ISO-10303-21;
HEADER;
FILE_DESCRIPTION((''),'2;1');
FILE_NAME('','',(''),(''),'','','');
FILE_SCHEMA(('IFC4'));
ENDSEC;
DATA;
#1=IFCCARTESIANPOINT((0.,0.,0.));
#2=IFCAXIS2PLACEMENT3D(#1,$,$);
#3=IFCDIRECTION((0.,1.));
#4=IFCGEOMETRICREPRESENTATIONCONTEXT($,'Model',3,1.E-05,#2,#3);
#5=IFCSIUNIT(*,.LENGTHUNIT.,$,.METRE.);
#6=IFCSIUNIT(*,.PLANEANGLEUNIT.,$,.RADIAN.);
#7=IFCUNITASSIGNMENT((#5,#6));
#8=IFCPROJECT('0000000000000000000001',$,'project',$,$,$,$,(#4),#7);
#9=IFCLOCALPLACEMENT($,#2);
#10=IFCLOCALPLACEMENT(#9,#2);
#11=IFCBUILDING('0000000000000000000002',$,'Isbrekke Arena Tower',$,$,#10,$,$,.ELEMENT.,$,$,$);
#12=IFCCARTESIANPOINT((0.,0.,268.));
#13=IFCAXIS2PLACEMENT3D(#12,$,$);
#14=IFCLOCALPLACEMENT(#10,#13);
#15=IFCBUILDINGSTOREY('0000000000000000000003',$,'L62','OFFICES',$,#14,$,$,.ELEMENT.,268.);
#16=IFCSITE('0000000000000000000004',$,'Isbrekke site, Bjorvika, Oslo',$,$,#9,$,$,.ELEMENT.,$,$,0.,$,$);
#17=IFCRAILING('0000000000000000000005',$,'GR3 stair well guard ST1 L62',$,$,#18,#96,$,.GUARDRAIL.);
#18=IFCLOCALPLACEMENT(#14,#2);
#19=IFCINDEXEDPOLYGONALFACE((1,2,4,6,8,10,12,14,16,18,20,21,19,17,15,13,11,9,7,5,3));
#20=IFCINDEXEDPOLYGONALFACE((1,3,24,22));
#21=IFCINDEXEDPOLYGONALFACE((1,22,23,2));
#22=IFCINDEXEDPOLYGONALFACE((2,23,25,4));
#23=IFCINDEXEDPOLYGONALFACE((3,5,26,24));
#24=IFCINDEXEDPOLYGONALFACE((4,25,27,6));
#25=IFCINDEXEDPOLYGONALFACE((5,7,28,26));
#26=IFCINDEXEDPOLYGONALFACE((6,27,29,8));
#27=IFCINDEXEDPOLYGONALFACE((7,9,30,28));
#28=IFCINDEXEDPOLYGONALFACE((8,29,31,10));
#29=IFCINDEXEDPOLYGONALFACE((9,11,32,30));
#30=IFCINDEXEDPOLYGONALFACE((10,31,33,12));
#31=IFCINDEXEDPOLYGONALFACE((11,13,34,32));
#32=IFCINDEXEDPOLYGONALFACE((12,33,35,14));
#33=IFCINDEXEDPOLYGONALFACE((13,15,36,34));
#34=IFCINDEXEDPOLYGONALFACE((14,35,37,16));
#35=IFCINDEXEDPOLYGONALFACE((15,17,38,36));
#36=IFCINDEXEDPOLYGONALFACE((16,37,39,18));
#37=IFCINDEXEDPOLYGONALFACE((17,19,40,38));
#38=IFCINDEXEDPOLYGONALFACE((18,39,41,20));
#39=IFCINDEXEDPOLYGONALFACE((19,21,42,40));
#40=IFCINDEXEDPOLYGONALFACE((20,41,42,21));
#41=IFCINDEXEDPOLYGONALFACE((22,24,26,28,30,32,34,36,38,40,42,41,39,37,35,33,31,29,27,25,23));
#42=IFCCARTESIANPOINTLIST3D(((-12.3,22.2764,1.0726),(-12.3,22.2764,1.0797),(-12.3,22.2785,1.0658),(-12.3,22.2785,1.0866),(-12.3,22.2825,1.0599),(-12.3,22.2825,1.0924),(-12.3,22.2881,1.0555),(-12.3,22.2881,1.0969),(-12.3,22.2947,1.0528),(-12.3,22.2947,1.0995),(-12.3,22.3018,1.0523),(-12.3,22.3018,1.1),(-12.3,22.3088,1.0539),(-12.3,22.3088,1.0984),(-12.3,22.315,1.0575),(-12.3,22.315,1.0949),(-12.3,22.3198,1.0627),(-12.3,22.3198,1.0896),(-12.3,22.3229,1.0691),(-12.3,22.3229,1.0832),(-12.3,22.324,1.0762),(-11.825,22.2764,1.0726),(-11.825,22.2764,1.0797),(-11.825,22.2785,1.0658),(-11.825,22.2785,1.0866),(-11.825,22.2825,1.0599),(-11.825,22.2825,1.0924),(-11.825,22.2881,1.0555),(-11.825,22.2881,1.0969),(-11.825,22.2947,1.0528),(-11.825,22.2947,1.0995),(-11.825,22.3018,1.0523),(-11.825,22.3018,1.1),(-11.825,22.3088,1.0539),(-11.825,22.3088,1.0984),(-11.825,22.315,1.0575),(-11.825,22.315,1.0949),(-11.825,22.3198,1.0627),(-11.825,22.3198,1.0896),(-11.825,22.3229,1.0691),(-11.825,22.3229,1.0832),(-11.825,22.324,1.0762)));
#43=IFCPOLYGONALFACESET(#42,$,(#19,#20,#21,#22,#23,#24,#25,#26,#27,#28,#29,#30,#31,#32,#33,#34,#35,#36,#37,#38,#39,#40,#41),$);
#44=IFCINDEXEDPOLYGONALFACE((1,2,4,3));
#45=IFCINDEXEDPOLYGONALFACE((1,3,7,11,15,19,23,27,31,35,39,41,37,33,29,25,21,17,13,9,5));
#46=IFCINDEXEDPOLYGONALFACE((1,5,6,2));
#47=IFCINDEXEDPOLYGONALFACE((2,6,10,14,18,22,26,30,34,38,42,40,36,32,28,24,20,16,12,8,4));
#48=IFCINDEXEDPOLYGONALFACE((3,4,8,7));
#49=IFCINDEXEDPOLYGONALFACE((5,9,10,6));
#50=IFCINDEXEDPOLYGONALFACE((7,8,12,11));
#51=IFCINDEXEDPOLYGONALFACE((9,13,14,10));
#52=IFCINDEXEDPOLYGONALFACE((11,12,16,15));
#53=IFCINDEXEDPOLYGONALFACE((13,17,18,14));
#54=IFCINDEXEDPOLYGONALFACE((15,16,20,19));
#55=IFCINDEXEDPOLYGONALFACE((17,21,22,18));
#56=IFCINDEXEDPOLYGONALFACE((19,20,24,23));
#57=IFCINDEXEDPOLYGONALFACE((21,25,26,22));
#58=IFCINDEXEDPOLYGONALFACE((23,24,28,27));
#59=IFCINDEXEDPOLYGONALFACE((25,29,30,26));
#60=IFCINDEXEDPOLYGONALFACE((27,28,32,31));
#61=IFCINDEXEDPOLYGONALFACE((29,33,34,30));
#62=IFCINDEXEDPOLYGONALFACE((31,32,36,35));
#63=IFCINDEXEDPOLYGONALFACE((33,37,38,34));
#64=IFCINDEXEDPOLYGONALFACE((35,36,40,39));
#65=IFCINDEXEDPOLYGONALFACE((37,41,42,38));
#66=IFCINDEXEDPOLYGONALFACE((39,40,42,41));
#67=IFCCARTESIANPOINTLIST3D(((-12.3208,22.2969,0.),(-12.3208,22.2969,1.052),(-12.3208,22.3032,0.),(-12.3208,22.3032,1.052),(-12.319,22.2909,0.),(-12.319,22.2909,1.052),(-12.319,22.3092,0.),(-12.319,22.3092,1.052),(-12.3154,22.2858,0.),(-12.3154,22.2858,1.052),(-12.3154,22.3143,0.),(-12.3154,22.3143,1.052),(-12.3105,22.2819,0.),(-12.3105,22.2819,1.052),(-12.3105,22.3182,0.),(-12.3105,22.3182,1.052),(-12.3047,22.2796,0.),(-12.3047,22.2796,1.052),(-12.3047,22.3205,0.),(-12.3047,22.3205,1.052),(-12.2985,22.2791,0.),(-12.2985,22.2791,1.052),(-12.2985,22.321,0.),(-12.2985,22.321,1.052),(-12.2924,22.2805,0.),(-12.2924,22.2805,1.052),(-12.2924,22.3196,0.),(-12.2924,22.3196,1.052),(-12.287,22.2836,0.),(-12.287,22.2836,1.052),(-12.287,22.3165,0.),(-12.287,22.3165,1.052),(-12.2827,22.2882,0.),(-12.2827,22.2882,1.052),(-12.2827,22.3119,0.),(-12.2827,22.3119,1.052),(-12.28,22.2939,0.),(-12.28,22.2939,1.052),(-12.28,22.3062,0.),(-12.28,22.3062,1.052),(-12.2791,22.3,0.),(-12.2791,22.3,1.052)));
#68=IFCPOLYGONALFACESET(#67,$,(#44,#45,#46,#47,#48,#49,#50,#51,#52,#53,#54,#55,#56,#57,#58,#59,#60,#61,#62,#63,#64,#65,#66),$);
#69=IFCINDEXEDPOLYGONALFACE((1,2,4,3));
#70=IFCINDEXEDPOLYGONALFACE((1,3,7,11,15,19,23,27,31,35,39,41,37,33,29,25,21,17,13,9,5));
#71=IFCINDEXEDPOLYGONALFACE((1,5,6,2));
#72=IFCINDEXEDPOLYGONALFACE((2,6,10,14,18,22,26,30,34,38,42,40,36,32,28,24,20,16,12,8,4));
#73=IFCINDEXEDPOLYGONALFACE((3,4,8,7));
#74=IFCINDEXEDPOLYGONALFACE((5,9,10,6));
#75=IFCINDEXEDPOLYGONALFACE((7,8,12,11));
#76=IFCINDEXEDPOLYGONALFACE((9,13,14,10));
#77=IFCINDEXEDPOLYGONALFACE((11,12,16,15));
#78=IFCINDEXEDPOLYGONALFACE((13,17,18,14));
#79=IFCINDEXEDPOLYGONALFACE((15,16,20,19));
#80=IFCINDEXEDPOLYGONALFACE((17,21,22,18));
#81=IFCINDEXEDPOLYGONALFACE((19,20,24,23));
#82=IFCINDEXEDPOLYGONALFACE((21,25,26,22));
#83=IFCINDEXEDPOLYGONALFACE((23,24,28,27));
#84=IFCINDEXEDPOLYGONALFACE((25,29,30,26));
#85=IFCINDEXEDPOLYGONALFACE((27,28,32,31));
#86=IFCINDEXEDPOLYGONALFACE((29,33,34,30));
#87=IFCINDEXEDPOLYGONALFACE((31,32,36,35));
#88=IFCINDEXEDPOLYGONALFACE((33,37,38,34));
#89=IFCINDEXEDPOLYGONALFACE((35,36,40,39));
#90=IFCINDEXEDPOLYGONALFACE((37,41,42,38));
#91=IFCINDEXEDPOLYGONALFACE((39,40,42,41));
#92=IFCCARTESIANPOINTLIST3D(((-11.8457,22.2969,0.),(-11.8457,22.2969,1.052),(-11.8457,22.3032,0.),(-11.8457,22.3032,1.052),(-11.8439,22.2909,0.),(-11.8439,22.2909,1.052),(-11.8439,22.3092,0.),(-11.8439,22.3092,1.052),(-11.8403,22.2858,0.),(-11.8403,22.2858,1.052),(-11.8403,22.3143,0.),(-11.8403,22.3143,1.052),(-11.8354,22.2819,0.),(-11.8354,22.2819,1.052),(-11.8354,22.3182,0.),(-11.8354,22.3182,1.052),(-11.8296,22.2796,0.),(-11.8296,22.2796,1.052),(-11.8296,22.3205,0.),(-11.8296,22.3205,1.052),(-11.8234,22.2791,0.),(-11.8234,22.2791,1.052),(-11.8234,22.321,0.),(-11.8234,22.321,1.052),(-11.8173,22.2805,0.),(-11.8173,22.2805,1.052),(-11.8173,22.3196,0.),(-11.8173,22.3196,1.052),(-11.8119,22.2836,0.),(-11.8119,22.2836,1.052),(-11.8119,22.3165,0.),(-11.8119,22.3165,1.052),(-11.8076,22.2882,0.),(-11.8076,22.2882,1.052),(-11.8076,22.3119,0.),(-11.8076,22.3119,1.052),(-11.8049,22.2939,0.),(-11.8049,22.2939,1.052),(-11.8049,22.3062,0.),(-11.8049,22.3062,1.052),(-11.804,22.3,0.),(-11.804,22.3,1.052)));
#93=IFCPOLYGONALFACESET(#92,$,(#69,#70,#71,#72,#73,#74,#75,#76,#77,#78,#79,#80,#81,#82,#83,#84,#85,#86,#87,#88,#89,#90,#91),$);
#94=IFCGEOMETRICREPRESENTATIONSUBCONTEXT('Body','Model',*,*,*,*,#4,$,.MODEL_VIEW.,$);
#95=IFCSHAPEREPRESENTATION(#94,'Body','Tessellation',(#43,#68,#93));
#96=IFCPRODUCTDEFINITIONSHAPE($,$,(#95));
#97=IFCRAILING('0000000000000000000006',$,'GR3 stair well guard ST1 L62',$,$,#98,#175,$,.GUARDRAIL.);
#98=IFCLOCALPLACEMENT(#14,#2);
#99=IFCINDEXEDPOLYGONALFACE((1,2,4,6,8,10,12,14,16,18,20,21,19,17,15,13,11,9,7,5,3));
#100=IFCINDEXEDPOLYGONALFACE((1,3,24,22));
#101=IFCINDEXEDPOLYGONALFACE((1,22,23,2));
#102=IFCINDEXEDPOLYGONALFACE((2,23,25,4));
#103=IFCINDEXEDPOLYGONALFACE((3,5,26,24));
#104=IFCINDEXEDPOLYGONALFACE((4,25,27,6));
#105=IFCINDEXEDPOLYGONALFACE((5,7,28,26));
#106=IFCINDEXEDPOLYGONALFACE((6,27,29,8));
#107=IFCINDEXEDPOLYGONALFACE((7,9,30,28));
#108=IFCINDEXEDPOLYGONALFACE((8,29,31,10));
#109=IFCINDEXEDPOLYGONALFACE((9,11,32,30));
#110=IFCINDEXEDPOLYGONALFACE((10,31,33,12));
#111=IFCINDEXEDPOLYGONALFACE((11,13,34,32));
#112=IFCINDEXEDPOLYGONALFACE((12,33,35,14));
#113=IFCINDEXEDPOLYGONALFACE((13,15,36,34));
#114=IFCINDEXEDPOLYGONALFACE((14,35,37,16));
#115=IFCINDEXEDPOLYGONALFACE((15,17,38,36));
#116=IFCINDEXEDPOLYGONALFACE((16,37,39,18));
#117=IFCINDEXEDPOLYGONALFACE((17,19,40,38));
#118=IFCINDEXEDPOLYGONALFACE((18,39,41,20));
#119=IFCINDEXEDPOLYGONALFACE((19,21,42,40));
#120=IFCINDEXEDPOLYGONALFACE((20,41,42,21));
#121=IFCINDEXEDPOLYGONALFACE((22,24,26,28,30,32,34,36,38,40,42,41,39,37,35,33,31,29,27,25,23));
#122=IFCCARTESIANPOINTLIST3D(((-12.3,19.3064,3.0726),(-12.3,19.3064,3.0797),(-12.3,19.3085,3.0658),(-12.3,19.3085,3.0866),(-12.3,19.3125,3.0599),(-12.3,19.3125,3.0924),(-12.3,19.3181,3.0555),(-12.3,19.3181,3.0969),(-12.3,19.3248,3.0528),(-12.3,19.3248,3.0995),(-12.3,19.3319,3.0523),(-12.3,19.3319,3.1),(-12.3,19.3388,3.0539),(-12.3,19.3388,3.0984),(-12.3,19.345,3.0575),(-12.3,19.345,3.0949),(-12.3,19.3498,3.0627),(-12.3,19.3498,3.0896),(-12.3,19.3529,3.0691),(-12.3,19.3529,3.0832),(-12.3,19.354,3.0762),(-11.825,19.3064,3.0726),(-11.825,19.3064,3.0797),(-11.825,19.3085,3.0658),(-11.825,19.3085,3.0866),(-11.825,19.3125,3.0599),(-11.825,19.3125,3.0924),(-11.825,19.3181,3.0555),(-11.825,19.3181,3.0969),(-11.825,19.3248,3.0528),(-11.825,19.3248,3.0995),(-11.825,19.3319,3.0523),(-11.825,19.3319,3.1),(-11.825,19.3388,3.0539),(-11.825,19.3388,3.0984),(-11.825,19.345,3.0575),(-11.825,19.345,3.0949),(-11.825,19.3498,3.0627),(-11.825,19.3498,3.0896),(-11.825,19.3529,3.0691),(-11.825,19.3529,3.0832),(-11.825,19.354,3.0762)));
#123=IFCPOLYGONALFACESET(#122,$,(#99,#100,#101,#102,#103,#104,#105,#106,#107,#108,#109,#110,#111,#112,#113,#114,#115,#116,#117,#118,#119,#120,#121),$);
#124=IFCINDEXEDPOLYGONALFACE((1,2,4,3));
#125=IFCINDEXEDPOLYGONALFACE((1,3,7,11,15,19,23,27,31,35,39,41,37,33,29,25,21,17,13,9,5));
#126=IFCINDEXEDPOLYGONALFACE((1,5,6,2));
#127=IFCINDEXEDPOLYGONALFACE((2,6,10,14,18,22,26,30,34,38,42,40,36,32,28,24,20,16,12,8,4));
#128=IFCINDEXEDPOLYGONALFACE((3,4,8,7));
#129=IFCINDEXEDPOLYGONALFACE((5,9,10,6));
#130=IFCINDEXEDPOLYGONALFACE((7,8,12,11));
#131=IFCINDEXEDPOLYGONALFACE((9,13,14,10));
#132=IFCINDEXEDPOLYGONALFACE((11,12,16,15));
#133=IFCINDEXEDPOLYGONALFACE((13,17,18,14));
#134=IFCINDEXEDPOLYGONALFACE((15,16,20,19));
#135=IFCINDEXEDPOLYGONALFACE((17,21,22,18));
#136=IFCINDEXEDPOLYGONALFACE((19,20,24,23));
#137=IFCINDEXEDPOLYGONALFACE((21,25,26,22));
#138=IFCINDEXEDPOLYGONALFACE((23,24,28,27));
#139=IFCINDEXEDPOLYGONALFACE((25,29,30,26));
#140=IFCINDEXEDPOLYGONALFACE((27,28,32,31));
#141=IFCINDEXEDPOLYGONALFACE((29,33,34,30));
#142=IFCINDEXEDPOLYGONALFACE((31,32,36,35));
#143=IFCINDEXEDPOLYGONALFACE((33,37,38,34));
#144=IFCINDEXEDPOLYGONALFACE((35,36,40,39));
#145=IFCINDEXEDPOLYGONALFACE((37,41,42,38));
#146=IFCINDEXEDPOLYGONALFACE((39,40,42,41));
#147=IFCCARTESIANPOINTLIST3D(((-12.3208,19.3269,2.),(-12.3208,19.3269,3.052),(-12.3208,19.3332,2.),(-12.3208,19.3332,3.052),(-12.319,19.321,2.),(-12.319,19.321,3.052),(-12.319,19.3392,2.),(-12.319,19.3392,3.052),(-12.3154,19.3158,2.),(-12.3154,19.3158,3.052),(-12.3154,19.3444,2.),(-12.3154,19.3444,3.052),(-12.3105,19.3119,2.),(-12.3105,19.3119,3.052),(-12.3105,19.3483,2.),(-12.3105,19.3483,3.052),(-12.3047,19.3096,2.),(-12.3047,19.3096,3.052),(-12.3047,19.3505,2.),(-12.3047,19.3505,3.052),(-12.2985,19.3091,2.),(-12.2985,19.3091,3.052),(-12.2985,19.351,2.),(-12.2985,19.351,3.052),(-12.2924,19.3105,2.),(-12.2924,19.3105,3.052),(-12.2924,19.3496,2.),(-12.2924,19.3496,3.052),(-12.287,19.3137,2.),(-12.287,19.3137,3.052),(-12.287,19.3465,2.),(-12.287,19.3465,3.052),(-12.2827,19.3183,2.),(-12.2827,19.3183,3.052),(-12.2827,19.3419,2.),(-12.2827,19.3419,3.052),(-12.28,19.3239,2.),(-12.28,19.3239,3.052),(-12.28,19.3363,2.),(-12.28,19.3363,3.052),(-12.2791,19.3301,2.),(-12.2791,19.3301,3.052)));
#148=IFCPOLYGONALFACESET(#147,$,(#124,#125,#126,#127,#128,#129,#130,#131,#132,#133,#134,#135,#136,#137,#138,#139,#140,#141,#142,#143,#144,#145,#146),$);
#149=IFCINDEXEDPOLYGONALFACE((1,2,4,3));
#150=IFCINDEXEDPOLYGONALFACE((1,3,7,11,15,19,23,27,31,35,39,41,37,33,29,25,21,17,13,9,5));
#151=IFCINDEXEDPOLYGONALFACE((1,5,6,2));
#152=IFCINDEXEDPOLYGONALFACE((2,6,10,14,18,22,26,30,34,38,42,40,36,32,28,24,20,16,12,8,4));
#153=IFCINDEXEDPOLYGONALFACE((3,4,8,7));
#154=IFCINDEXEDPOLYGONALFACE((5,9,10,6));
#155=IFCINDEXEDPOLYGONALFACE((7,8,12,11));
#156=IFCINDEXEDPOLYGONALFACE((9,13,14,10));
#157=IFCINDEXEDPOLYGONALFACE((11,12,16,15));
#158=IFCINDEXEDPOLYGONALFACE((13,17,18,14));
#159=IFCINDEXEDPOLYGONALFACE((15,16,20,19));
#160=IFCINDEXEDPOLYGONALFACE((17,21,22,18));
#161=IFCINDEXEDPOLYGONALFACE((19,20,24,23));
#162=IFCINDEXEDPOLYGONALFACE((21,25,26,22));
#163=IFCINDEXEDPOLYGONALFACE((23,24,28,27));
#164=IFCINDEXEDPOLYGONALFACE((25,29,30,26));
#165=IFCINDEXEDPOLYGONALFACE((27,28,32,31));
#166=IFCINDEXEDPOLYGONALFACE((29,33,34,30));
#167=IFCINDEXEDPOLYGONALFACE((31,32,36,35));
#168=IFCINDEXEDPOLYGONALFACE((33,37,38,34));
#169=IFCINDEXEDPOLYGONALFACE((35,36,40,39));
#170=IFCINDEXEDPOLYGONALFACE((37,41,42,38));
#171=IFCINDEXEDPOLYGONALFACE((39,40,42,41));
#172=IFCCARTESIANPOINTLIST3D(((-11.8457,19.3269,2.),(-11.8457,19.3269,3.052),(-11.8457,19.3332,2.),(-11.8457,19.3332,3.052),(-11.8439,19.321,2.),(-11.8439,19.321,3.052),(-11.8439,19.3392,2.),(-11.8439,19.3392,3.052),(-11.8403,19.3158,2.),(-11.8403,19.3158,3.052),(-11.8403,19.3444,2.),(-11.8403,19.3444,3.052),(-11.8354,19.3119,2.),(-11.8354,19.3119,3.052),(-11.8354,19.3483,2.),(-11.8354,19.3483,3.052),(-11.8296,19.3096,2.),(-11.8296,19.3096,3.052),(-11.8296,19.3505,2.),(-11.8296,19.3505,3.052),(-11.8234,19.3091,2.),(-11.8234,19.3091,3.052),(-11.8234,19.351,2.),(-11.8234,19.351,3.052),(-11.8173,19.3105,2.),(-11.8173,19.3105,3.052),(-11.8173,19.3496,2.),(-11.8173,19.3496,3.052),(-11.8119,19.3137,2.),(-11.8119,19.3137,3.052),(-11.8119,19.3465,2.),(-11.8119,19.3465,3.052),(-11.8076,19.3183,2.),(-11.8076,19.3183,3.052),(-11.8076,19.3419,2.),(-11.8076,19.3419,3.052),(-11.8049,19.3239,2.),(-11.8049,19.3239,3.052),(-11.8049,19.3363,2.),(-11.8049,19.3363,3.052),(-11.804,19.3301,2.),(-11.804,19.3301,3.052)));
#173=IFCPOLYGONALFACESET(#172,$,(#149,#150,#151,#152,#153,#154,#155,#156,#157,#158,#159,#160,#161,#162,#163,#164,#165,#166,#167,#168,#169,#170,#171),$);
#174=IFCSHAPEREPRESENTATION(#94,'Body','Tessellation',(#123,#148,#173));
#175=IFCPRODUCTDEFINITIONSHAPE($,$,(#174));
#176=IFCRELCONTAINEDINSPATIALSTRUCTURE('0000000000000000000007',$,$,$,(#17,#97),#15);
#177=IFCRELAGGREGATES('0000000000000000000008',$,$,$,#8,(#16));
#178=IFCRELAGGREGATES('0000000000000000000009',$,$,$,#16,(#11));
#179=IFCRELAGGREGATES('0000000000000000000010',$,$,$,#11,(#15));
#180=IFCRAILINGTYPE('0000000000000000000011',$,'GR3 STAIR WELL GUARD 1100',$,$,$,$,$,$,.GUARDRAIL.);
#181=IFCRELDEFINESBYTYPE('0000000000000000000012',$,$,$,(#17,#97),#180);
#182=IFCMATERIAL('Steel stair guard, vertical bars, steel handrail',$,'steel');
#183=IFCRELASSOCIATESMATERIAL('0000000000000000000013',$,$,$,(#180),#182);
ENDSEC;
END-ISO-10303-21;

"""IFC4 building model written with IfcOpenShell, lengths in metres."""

from ifc_helpers import new_model, si_unit, direction, frame, origin, origin_2d, place, context, subcontext, project, spatial, circle, extrude, material, type_object, element, save


model = new_model("IFC4")

# Units and contexts
model_context = context("Model", 3, precision=1e-05, world=origin(), true_north=direction((0.0, 1.0)))
body_context = subcontext(model_context, "Body", "Model", "MODEL_VIEW")
ifc_project = project(units=[si_unit("LENGTHUNIT", "METRE"), si_unit("PLANEANGLEUNIT", "RADIAN")], contexts=[model_context])

# Site, building, storey
site_placement = place(None, origin())
site = spatial("IfcSite", under=ifc_project, at=site_placement, Name="Isbrekke site, Bjorvika, Oslo", CompositionType="ELEMENT", RefElevation=0.0)
building_placement = place(site_placement, origin())
building = spatial("IfcBuilding", under=site, at=building_placement, Name="Isbrekke Arena Tower", CompositionType="ELEMENT")
storey_placement = place(building_placement, frame((0.0, 0.0, 268.0)))
storey = spatial("IfcBuildingStorey", under=building, at=storey_placement, Name="L62", Description="OFFICES", CompositionType="ELEMENT", Elevation=268.0)

# Railings
ifc_material_1 = material(Name="Steel stair guard, vertical bars, steel handrail", Category="steel")
railing_type = type_object("IfcRailingType", Name="GR3 STAIR WELL GUARD 1100", PredefinedType="GUARDRAIL", material=ifc_material_1)
for number, where, name in (
    (1, (-12.3, 22.3, 0.0), "GR3 stair well guard ST1 L62"),
    (2, (-12.3, 19.3301, 2.0), "GR3 stair well guard ST1 L62"),
):
    element("IfcRailing", number, at=place(storey_placement, frame(where)), inside=storey, type_object=railing_type, Name=name, PredefinedType="GUARDRAIL", context=body_context, shape_type="SweptSolid", body=[
        extrude(circle(Radius=0.0239, at=origin_2d()), frame((0.0, 0.0, 1.0762), z_axis=(1.0, 0.0, 0.0), x_axis=(0.0, 1.0, 0.0)), (0.0, 0.0, 1.0), 0.4751),
        extrude(circle(Radius=0.021, at=origin_2d()), origin(), (0.0, 0.0, 1.0), 1.052),
        extrude(circle(Radius=0.021, at=origin_2d()), frame((0.4751, 0.0, 0.0)), (0.0, 0.0, 1.0), 1.052),
    ])

save(model, "model.ifc")
